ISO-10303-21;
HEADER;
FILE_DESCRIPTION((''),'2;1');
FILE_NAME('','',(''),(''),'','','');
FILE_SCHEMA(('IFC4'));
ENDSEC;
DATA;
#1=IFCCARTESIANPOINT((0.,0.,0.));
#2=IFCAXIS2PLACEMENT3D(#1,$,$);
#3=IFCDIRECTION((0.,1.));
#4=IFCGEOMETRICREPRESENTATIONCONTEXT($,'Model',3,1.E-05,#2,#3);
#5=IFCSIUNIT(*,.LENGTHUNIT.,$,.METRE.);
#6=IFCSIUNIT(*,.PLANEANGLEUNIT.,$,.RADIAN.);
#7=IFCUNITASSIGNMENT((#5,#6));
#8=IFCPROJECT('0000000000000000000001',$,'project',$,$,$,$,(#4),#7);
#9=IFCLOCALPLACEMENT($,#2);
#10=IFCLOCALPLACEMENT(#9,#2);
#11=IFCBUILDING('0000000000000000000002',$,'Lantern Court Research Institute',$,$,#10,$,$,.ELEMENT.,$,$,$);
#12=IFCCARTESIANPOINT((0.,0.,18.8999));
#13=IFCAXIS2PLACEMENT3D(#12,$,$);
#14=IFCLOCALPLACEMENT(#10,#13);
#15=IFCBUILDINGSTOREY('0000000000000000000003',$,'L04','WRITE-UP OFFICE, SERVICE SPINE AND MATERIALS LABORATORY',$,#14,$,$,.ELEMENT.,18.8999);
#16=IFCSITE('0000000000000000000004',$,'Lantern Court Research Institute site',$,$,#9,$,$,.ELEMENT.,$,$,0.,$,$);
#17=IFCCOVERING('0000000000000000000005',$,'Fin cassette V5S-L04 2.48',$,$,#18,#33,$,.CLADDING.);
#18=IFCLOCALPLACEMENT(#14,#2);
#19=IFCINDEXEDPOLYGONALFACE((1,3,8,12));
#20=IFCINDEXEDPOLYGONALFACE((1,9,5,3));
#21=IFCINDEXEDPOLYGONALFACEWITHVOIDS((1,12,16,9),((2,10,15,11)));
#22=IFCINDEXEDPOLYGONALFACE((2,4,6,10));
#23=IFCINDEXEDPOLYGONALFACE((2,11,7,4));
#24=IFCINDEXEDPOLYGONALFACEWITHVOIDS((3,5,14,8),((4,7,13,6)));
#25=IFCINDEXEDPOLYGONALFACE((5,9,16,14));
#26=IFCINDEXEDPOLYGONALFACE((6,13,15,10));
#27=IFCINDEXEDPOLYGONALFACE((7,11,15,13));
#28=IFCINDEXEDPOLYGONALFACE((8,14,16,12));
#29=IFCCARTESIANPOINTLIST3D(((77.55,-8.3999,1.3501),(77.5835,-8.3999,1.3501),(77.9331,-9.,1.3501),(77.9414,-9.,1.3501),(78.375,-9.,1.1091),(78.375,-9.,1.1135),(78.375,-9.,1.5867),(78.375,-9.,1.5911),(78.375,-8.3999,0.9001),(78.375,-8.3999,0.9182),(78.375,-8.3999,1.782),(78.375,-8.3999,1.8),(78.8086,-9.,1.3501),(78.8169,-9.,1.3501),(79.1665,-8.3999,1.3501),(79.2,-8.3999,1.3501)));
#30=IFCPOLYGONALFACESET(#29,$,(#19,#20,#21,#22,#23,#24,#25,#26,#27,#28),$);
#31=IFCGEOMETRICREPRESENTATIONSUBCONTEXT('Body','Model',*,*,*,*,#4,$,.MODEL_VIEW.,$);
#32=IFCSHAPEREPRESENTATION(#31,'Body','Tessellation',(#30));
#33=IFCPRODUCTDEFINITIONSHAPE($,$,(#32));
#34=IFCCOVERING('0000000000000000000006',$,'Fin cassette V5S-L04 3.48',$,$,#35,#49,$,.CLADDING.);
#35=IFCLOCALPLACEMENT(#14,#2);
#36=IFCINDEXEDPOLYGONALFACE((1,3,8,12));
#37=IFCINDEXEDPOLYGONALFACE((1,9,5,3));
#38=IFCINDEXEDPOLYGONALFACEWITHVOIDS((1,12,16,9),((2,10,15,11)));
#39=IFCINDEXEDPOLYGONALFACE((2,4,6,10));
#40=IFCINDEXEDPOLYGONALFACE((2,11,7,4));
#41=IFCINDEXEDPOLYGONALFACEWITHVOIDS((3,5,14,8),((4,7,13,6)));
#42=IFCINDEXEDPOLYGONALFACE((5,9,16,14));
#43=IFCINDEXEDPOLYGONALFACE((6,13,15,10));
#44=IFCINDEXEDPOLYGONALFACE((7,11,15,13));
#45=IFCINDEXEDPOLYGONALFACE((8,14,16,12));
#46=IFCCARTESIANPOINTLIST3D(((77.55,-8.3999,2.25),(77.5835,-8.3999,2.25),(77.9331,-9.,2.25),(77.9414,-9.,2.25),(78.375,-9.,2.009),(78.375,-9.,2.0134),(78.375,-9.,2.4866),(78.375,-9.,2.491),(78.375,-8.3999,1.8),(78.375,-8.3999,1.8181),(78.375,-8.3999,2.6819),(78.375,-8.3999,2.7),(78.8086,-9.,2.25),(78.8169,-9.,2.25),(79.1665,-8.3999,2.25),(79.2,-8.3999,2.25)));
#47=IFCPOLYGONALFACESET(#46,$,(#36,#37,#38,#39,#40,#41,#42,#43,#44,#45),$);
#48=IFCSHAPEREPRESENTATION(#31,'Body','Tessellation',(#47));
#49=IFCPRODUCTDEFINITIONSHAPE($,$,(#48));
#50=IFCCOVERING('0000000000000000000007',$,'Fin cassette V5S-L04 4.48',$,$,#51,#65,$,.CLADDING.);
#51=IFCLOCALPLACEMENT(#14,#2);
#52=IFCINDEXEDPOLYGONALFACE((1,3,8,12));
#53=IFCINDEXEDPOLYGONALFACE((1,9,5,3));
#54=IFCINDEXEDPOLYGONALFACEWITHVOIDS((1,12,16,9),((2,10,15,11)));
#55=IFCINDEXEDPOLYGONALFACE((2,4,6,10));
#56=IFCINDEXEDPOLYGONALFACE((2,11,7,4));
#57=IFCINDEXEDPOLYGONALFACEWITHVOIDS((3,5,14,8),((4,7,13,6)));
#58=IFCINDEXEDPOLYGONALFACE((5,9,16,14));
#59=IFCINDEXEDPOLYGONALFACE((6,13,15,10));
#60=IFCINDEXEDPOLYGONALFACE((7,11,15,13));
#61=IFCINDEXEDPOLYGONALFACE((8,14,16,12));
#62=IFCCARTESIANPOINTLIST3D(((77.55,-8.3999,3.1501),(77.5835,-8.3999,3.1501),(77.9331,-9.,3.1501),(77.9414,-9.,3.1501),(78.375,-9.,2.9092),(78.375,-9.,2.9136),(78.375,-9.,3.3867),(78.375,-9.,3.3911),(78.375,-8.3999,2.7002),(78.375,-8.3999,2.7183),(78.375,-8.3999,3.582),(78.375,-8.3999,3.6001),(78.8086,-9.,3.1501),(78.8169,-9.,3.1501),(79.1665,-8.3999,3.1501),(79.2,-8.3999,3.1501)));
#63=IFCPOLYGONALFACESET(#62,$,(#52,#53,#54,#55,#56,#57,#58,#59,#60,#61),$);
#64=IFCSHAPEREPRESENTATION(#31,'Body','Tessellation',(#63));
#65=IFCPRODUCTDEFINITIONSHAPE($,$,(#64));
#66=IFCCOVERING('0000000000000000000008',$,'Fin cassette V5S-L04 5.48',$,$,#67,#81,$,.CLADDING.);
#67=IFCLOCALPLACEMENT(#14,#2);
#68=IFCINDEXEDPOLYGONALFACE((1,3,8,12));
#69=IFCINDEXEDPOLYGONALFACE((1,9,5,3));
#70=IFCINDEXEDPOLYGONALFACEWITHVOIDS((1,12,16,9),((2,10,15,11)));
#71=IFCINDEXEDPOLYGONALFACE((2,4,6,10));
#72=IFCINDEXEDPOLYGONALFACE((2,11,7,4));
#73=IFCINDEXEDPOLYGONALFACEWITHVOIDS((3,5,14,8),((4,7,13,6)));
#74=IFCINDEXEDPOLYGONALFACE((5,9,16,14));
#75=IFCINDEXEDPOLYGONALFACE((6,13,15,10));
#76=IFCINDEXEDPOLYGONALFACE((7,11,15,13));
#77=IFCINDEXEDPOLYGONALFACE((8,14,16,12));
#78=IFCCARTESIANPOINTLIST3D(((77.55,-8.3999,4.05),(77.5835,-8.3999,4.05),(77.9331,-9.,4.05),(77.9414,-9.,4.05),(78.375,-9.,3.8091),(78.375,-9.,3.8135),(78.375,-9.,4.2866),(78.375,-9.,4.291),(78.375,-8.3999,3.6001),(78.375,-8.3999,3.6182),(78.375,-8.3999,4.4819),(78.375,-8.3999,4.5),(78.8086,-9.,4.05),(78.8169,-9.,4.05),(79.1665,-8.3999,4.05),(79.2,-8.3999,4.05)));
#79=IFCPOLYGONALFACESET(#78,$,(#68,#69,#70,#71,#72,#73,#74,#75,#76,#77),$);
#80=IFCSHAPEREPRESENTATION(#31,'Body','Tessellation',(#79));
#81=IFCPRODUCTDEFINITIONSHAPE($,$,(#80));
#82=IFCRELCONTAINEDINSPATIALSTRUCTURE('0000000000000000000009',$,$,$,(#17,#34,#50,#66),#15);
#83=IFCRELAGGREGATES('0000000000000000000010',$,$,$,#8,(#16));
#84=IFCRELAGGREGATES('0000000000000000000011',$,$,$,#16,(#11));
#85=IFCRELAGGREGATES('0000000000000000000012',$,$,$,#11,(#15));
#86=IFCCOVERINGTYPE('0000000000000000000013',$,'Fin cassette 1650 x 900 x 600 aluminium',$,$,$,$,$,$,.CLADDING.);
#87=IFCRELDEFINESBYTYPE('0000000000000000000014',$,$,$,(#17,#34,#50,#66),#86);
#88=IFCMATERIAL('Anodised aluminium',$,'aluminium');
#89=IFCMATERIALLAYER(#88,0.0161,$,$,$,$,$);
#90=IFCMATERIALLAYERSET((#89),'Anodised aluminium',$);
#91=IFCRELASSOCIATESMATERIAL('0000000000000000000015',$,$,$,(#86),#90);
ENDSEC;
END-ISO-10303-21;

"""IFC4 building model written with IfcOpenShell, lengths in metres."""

from ifc_helpers import new_model, entity, si_unit, direction, frame, origin, place, context, subcontext, project, spatial, material, layer, layer_set, type_object, element, save


model = new_model("IFC4")

# Units and contexts
model_context = context("Model", 3, precision=1e-05, world=origin(), true_north=direction((0.0, 1.0)))
body_context = subcontext(model_context, "Body", "Model", "MODEL_VIEW")
ifc_project = project(units=[si_unit("LENGTHUNIT", "METRE"), si_unit("PLANEANGLEUNIT", "RADIAN")], contexts=[model_context])

# Site, building, storey
site_placement = place(None, origin())
site = spatial("IfcSite", under=ifc_project, at=site_placement, Name="Lantern Court Research Institute site", CompositionType="ELEMENT", RefElevation=0.0)
building_placement = place(site_placement, origin())
building = spatial("IfcBuilding", under=site, at=building_placement, Name="Lantern Court Research Institute", CompositionType="ELEMENT")
storey_placement = place(building_placement, frame((0.0, 0.0, 18.8999)))
storey = spatial("IfcBuildingStorey", under=building, at=storey_placement, Name="L04", Description="WRITE-UP OFFICE, SERVICE SPINE AND MATERIALS LABORATORY", CompositionType="ELEMENT", Elevation=18.8999)

# Coverings
ifc_material_1 = material(Name="Anodised aluminium", Category="aluminium")
ifc_layer_1 = layer(ifc_material_1, 0.0161)
ifc_layer_set_1 = layer_set([ifc_layer_1], Name="Anodised aluminium")
covering_type = type_object("IfcCoveringType", Name="Fin cassette 1650 x 900 x 600 aluminium", PredefinedType="CLADDING", material=ifc_layer_set_1)
covering_1_placement = place(storey_placement, frame((78.375, -8.3999, 1.3501), z_axis=(0.0, -1.0, 0.0), x_axis=(1.0, 0.0, 0.0)))
cartesian_point_1 = entity("IfcCartesianPoint", [0.825, 0.0])
cartesian_point_2 = entity("IfcCartesianPoint", [0.7915, 0.0])
cartesian_point_3 = entity("IfcCartesianPoint", [0.4419, 0.0])
cartesian_point_4 = entity("IfcCartesianPoint", [0.4336, 0.0])
element("IfcCovering", 1, at=covering_1_placement, inside=storey, type_object=covering_type, Name="Fin cassette V5S-L04 2.48", PredefinedType="CLADDING", context=body_context, shape_type="SweptSolid", body=[
    entity("IfcExtrudedAreaSolidTapered", entity("IfcArbitraryProfileDefWithVoids", "AREA", None, entity("IfcPolyline", [cartesian_point_1, entity("IfcCartesianPoint", [0.0, 0.45]), entity("IfcCartesianPoint", [-0.825, 0.0]), entity("IfcCartesianPoint", [0.0, -0.45]), cartesian_point_1]), [entity("IfcPolyline", [cartesian_point_2, entity("IfcCartesianPoint", [0.0, 0.4319]), entity("IfcCartesianPoint", [-0.7915, 0.0]), entity("IfcCartesianPoint", [0.0, -0.4319]), cartesian_point_2])]), entity("IfcAxis2Placement3D", entity("IfcCartesianPoint", [0.0, 0.0, 0.0])), entity("IfcDirection", [0.0, 0.0, 1.0]), 0.6001, entity("IfcArbitraryProfileDefWithVoids", "AREA", None, entity("IfcPolyline", [cartesian_point_3, entity("IfcCartesianPoint", [0.0, 0.241]), entity("IfcCartesianPoint", [-0.4419, 0.0]), entity("IfcCartesianPoint", [0.0, -0.241]), cartesian_point_3]), [entity("IfcPolyline", [cartesian_point_4, entity("IfcCartesianPoint", [0.0, 0.2366]), entity("IfcCartesianPoint", [-0.4336, 0.0]), entity("IfcCartesianPoint", [0.0, -0.2366]), cartesian_point_4])])),
])
covering_2_placement = place(storey_placement, frame((78.375, -8.3999, 2.25), z_axis=(0.0, -1.0, 0.0), x_axis=(1.0, 0.0, 0.0)))
cartesian_point_5 = entity("IfcCartesianPoint", [0.825, 0.0])
cartesian_point_6 = entity("IfcCartesianPoint", [0.7915, 0.0])
cartesian_point_7 = entity("IfcCartesianPoint", [0.4419, 0.0])
cartesian_point_8 = entity("IfcCartesianPoint", [0.4336, 0.0])
element("IfcCovering", 2, at=covering_2_placement, inside=storey, type_object=covering_type, Name="Fin cassette V5S-L04 3.48", PredefinedType="CLADDING", context=body_context, shape_type="SweptSolid", body=[
    entity("IfcExtrudedAreaSolidTapered", entity("IfcArbitraryProfileDefWithVoids", "AREA", None, entity("IfcPolyline", [cartesian_point_5, entity("IfcCartesianPoint", [0.0, 0.45]), entity("IfcCartesianPoint", [-0.825, 0.0]), entity("IfcCartesianPoint", [0.0, -0.45]), cartesian_point_5]), [entity("IfcPolyline", [cartesian_point_6, entity("IfcCartesianPoint", [0.0, 0.4319]), entity("IfcCartesianPoint", [-0.7915, 0.0]), entity("IfcCartesianPoint", [0.0, -0.4319]), cartesian_point_6])]), entity("IfcAxis2Placement3D", entity("IfcCartesianPoint", [0.0, 0.0, 0.0])), entity("IfcDirection", [0.0, 0.0, 1.0]), 0.6001, entity("IfcArbitraryProfileDefWithVoids", "AREA", None, entity("IfcPolyline", [cartesian_point_7, entity("IfcCartesianPoint", [0.0, 0.241]), entity("IfcCartesianPoint", [-0.4419, 0.0]), entity("IfcCartesianPoint", [0.0, -0.241]), cartesian_point_7]), [entity("IfcPolyline", [cartesian_point_8, entity("IfcCartesianPoint", [0.0, 0.2366]), entity("IfcCartesianPoint", [-0.4336, 0.0]), entity("IfcCartesianPoint", [0.0, -0.2366]), cartesian_point_8])])),
])
covering_3_placement = place(storey_placement, frame((78.375, -8.3999, 3.1501), z_axis=(0.0, -1.0, 0.0), x_axis=(1.0, 0.0, 0.0)))
cartesian_point_9 = entity("IfcCartesianPoint", [0.825, 0.0])
cartesian_point_10 = entity("IfcCartesianPoint", [0.7915, 0.0])
cartesian_point_11 = entity("IfcCartesianPoint", [0.4419, 0.0])
cartesian_point_12 = entity("IfcCartesianPoint", [0.4336, 0.0])
element("IfcCovering", 3, at=covering_3_placement, inside=storey, type_object=covering_type, Name="Fin cassette V5S-L04 4.48", PredefinedType="CLADDING", context=body_context, shape_type="SweptSolid", body=[
    entity("IfcExtrudedAreaSolidTapered", entity("IfcArbitraryProfileDefWithVoids", "AREA", None, entity("IfcPolyline", [cartesian_point_9, entity("IfcCartesianPoint", [0.0, 0.45]), entity("IfcCartesianPoint", [-0.825, 0.0]), entity("IfcCartesianPoint", [0.0, -0.45]), cartesian_point_9]), [entity("IfcPolyline", [cartesian_point_10, entity("IfcCartesianPoint", [0.0, 0.4319]), entity("IfcCartesianPoint", [-0.7915, 0.0]), entity("IfcCartesianPoint", [0.0, -0.4319]), cartesian_point_10])]), entity("IfcAxis2Placement3D", entity("IfcCartesianPoint", [0.0, 0.0, 0.0])), entity("IfcDirection", [0.0, 0.0, 1.0]), 0.6001, entity("IfcArbitraryProfileDefWithVoids", "AREA", None, entity("IfcPolyline", [cartesian_point_11, entity("IfcCartesianPoint", [0.0, 0.241]), entity("IfcCartesianPoint", [-0.4419, 0.0]), entity("IfcCartesianPoint", [0.0, -0.241]), cartesian_point_11]), [entity("IfcPolyline", [cartesian_point_12, entity("IfcCartesianPoint", [0.0, 0.2366]), entity("IfcCartesianPoint", [-0.4336, 0.0]), entity("IfcCartesianPoint", [0.0, -0.2366]), cartesian_point_12])])),
])
covering_4_placement = place(storey_placement, frame((78.375, -8.3999, 4.05), z_axis=(0.0, -1.0, 0.0), x_axis=(1.0, 0.0, 0.0)))
cartesian_point_13 = entity("IfcCartesianPoint", [0.825, 0.0])
cartesian_point_14 = entity("IfcCartesianPoint", [0.7915, 0.0])
cartesian_point_15 = entity("IfcCartesianPoint", [0.4419, 0.0])
cartesian_point_16 = entity("IfcCartesianPoint", [0.4336, 0.0])
element("IfcCovering", 4, at=covering_4_placement, inside=storey, type_object=covering_type, Name="Fin cassette V5S-L04 5.48", PredefinedType="CLADDING", context=body_context, shape_type="SweptSolid", body=[
    entity("IfcExtrudedAreaSolidTapered", entity("IfcArbitraryProfileDefWithVoids", "AREA", None, entity("IfcPolyline", [cartesian_point_13, entity("IfcCartesianPoint", [0.0, 0.45]), entity("IfcCartesianPoint", [-0.825, 0.0]), entity("IfcCartesianPoint", [0.0, -0.45]), cartesian_point_13]), [entity("IfcPolyline", [cartesian_point_14, entity("IfcCartesianPoint", [0.0, 0.4319]), entity("IfcCartesianPoint", [-0.7915, 0.0]), entity("IfcCartesianPoint", [0.0, -0.4319]), cartesian_point_14])]), entity("IfcAxis2Placement3D", entity("IfcCartesianPoint", [0.0, 0.0, 0.0])), entity("IfcDirection", [0.0, 0.0, 1.0]), 0.6001, entity("IfcArbitraryProfileDefWithVoids", "AREA", None, entity("IfcPolyline", [cartesian_point_15, entity("IfcCartesianPoint", [0.0, 0.241]), entity("IfcCartesianPoint", [-0.4419, 0.0]), entity("IfcCartesianPoint", [0.0, -0.241]), cartesian_point_15]), [entity("IfcPolyline", [cartesian_point_16, entity("IfcCartesianPoint", [0.0, 0.2366]), entity("IfcCartesianPoint", [-0.4336, 0.0]), entity("IfcCartesianPoint", [0.0, -0.2366]), cartesian_point_16])])),
])

save(model, "model.ifc")
